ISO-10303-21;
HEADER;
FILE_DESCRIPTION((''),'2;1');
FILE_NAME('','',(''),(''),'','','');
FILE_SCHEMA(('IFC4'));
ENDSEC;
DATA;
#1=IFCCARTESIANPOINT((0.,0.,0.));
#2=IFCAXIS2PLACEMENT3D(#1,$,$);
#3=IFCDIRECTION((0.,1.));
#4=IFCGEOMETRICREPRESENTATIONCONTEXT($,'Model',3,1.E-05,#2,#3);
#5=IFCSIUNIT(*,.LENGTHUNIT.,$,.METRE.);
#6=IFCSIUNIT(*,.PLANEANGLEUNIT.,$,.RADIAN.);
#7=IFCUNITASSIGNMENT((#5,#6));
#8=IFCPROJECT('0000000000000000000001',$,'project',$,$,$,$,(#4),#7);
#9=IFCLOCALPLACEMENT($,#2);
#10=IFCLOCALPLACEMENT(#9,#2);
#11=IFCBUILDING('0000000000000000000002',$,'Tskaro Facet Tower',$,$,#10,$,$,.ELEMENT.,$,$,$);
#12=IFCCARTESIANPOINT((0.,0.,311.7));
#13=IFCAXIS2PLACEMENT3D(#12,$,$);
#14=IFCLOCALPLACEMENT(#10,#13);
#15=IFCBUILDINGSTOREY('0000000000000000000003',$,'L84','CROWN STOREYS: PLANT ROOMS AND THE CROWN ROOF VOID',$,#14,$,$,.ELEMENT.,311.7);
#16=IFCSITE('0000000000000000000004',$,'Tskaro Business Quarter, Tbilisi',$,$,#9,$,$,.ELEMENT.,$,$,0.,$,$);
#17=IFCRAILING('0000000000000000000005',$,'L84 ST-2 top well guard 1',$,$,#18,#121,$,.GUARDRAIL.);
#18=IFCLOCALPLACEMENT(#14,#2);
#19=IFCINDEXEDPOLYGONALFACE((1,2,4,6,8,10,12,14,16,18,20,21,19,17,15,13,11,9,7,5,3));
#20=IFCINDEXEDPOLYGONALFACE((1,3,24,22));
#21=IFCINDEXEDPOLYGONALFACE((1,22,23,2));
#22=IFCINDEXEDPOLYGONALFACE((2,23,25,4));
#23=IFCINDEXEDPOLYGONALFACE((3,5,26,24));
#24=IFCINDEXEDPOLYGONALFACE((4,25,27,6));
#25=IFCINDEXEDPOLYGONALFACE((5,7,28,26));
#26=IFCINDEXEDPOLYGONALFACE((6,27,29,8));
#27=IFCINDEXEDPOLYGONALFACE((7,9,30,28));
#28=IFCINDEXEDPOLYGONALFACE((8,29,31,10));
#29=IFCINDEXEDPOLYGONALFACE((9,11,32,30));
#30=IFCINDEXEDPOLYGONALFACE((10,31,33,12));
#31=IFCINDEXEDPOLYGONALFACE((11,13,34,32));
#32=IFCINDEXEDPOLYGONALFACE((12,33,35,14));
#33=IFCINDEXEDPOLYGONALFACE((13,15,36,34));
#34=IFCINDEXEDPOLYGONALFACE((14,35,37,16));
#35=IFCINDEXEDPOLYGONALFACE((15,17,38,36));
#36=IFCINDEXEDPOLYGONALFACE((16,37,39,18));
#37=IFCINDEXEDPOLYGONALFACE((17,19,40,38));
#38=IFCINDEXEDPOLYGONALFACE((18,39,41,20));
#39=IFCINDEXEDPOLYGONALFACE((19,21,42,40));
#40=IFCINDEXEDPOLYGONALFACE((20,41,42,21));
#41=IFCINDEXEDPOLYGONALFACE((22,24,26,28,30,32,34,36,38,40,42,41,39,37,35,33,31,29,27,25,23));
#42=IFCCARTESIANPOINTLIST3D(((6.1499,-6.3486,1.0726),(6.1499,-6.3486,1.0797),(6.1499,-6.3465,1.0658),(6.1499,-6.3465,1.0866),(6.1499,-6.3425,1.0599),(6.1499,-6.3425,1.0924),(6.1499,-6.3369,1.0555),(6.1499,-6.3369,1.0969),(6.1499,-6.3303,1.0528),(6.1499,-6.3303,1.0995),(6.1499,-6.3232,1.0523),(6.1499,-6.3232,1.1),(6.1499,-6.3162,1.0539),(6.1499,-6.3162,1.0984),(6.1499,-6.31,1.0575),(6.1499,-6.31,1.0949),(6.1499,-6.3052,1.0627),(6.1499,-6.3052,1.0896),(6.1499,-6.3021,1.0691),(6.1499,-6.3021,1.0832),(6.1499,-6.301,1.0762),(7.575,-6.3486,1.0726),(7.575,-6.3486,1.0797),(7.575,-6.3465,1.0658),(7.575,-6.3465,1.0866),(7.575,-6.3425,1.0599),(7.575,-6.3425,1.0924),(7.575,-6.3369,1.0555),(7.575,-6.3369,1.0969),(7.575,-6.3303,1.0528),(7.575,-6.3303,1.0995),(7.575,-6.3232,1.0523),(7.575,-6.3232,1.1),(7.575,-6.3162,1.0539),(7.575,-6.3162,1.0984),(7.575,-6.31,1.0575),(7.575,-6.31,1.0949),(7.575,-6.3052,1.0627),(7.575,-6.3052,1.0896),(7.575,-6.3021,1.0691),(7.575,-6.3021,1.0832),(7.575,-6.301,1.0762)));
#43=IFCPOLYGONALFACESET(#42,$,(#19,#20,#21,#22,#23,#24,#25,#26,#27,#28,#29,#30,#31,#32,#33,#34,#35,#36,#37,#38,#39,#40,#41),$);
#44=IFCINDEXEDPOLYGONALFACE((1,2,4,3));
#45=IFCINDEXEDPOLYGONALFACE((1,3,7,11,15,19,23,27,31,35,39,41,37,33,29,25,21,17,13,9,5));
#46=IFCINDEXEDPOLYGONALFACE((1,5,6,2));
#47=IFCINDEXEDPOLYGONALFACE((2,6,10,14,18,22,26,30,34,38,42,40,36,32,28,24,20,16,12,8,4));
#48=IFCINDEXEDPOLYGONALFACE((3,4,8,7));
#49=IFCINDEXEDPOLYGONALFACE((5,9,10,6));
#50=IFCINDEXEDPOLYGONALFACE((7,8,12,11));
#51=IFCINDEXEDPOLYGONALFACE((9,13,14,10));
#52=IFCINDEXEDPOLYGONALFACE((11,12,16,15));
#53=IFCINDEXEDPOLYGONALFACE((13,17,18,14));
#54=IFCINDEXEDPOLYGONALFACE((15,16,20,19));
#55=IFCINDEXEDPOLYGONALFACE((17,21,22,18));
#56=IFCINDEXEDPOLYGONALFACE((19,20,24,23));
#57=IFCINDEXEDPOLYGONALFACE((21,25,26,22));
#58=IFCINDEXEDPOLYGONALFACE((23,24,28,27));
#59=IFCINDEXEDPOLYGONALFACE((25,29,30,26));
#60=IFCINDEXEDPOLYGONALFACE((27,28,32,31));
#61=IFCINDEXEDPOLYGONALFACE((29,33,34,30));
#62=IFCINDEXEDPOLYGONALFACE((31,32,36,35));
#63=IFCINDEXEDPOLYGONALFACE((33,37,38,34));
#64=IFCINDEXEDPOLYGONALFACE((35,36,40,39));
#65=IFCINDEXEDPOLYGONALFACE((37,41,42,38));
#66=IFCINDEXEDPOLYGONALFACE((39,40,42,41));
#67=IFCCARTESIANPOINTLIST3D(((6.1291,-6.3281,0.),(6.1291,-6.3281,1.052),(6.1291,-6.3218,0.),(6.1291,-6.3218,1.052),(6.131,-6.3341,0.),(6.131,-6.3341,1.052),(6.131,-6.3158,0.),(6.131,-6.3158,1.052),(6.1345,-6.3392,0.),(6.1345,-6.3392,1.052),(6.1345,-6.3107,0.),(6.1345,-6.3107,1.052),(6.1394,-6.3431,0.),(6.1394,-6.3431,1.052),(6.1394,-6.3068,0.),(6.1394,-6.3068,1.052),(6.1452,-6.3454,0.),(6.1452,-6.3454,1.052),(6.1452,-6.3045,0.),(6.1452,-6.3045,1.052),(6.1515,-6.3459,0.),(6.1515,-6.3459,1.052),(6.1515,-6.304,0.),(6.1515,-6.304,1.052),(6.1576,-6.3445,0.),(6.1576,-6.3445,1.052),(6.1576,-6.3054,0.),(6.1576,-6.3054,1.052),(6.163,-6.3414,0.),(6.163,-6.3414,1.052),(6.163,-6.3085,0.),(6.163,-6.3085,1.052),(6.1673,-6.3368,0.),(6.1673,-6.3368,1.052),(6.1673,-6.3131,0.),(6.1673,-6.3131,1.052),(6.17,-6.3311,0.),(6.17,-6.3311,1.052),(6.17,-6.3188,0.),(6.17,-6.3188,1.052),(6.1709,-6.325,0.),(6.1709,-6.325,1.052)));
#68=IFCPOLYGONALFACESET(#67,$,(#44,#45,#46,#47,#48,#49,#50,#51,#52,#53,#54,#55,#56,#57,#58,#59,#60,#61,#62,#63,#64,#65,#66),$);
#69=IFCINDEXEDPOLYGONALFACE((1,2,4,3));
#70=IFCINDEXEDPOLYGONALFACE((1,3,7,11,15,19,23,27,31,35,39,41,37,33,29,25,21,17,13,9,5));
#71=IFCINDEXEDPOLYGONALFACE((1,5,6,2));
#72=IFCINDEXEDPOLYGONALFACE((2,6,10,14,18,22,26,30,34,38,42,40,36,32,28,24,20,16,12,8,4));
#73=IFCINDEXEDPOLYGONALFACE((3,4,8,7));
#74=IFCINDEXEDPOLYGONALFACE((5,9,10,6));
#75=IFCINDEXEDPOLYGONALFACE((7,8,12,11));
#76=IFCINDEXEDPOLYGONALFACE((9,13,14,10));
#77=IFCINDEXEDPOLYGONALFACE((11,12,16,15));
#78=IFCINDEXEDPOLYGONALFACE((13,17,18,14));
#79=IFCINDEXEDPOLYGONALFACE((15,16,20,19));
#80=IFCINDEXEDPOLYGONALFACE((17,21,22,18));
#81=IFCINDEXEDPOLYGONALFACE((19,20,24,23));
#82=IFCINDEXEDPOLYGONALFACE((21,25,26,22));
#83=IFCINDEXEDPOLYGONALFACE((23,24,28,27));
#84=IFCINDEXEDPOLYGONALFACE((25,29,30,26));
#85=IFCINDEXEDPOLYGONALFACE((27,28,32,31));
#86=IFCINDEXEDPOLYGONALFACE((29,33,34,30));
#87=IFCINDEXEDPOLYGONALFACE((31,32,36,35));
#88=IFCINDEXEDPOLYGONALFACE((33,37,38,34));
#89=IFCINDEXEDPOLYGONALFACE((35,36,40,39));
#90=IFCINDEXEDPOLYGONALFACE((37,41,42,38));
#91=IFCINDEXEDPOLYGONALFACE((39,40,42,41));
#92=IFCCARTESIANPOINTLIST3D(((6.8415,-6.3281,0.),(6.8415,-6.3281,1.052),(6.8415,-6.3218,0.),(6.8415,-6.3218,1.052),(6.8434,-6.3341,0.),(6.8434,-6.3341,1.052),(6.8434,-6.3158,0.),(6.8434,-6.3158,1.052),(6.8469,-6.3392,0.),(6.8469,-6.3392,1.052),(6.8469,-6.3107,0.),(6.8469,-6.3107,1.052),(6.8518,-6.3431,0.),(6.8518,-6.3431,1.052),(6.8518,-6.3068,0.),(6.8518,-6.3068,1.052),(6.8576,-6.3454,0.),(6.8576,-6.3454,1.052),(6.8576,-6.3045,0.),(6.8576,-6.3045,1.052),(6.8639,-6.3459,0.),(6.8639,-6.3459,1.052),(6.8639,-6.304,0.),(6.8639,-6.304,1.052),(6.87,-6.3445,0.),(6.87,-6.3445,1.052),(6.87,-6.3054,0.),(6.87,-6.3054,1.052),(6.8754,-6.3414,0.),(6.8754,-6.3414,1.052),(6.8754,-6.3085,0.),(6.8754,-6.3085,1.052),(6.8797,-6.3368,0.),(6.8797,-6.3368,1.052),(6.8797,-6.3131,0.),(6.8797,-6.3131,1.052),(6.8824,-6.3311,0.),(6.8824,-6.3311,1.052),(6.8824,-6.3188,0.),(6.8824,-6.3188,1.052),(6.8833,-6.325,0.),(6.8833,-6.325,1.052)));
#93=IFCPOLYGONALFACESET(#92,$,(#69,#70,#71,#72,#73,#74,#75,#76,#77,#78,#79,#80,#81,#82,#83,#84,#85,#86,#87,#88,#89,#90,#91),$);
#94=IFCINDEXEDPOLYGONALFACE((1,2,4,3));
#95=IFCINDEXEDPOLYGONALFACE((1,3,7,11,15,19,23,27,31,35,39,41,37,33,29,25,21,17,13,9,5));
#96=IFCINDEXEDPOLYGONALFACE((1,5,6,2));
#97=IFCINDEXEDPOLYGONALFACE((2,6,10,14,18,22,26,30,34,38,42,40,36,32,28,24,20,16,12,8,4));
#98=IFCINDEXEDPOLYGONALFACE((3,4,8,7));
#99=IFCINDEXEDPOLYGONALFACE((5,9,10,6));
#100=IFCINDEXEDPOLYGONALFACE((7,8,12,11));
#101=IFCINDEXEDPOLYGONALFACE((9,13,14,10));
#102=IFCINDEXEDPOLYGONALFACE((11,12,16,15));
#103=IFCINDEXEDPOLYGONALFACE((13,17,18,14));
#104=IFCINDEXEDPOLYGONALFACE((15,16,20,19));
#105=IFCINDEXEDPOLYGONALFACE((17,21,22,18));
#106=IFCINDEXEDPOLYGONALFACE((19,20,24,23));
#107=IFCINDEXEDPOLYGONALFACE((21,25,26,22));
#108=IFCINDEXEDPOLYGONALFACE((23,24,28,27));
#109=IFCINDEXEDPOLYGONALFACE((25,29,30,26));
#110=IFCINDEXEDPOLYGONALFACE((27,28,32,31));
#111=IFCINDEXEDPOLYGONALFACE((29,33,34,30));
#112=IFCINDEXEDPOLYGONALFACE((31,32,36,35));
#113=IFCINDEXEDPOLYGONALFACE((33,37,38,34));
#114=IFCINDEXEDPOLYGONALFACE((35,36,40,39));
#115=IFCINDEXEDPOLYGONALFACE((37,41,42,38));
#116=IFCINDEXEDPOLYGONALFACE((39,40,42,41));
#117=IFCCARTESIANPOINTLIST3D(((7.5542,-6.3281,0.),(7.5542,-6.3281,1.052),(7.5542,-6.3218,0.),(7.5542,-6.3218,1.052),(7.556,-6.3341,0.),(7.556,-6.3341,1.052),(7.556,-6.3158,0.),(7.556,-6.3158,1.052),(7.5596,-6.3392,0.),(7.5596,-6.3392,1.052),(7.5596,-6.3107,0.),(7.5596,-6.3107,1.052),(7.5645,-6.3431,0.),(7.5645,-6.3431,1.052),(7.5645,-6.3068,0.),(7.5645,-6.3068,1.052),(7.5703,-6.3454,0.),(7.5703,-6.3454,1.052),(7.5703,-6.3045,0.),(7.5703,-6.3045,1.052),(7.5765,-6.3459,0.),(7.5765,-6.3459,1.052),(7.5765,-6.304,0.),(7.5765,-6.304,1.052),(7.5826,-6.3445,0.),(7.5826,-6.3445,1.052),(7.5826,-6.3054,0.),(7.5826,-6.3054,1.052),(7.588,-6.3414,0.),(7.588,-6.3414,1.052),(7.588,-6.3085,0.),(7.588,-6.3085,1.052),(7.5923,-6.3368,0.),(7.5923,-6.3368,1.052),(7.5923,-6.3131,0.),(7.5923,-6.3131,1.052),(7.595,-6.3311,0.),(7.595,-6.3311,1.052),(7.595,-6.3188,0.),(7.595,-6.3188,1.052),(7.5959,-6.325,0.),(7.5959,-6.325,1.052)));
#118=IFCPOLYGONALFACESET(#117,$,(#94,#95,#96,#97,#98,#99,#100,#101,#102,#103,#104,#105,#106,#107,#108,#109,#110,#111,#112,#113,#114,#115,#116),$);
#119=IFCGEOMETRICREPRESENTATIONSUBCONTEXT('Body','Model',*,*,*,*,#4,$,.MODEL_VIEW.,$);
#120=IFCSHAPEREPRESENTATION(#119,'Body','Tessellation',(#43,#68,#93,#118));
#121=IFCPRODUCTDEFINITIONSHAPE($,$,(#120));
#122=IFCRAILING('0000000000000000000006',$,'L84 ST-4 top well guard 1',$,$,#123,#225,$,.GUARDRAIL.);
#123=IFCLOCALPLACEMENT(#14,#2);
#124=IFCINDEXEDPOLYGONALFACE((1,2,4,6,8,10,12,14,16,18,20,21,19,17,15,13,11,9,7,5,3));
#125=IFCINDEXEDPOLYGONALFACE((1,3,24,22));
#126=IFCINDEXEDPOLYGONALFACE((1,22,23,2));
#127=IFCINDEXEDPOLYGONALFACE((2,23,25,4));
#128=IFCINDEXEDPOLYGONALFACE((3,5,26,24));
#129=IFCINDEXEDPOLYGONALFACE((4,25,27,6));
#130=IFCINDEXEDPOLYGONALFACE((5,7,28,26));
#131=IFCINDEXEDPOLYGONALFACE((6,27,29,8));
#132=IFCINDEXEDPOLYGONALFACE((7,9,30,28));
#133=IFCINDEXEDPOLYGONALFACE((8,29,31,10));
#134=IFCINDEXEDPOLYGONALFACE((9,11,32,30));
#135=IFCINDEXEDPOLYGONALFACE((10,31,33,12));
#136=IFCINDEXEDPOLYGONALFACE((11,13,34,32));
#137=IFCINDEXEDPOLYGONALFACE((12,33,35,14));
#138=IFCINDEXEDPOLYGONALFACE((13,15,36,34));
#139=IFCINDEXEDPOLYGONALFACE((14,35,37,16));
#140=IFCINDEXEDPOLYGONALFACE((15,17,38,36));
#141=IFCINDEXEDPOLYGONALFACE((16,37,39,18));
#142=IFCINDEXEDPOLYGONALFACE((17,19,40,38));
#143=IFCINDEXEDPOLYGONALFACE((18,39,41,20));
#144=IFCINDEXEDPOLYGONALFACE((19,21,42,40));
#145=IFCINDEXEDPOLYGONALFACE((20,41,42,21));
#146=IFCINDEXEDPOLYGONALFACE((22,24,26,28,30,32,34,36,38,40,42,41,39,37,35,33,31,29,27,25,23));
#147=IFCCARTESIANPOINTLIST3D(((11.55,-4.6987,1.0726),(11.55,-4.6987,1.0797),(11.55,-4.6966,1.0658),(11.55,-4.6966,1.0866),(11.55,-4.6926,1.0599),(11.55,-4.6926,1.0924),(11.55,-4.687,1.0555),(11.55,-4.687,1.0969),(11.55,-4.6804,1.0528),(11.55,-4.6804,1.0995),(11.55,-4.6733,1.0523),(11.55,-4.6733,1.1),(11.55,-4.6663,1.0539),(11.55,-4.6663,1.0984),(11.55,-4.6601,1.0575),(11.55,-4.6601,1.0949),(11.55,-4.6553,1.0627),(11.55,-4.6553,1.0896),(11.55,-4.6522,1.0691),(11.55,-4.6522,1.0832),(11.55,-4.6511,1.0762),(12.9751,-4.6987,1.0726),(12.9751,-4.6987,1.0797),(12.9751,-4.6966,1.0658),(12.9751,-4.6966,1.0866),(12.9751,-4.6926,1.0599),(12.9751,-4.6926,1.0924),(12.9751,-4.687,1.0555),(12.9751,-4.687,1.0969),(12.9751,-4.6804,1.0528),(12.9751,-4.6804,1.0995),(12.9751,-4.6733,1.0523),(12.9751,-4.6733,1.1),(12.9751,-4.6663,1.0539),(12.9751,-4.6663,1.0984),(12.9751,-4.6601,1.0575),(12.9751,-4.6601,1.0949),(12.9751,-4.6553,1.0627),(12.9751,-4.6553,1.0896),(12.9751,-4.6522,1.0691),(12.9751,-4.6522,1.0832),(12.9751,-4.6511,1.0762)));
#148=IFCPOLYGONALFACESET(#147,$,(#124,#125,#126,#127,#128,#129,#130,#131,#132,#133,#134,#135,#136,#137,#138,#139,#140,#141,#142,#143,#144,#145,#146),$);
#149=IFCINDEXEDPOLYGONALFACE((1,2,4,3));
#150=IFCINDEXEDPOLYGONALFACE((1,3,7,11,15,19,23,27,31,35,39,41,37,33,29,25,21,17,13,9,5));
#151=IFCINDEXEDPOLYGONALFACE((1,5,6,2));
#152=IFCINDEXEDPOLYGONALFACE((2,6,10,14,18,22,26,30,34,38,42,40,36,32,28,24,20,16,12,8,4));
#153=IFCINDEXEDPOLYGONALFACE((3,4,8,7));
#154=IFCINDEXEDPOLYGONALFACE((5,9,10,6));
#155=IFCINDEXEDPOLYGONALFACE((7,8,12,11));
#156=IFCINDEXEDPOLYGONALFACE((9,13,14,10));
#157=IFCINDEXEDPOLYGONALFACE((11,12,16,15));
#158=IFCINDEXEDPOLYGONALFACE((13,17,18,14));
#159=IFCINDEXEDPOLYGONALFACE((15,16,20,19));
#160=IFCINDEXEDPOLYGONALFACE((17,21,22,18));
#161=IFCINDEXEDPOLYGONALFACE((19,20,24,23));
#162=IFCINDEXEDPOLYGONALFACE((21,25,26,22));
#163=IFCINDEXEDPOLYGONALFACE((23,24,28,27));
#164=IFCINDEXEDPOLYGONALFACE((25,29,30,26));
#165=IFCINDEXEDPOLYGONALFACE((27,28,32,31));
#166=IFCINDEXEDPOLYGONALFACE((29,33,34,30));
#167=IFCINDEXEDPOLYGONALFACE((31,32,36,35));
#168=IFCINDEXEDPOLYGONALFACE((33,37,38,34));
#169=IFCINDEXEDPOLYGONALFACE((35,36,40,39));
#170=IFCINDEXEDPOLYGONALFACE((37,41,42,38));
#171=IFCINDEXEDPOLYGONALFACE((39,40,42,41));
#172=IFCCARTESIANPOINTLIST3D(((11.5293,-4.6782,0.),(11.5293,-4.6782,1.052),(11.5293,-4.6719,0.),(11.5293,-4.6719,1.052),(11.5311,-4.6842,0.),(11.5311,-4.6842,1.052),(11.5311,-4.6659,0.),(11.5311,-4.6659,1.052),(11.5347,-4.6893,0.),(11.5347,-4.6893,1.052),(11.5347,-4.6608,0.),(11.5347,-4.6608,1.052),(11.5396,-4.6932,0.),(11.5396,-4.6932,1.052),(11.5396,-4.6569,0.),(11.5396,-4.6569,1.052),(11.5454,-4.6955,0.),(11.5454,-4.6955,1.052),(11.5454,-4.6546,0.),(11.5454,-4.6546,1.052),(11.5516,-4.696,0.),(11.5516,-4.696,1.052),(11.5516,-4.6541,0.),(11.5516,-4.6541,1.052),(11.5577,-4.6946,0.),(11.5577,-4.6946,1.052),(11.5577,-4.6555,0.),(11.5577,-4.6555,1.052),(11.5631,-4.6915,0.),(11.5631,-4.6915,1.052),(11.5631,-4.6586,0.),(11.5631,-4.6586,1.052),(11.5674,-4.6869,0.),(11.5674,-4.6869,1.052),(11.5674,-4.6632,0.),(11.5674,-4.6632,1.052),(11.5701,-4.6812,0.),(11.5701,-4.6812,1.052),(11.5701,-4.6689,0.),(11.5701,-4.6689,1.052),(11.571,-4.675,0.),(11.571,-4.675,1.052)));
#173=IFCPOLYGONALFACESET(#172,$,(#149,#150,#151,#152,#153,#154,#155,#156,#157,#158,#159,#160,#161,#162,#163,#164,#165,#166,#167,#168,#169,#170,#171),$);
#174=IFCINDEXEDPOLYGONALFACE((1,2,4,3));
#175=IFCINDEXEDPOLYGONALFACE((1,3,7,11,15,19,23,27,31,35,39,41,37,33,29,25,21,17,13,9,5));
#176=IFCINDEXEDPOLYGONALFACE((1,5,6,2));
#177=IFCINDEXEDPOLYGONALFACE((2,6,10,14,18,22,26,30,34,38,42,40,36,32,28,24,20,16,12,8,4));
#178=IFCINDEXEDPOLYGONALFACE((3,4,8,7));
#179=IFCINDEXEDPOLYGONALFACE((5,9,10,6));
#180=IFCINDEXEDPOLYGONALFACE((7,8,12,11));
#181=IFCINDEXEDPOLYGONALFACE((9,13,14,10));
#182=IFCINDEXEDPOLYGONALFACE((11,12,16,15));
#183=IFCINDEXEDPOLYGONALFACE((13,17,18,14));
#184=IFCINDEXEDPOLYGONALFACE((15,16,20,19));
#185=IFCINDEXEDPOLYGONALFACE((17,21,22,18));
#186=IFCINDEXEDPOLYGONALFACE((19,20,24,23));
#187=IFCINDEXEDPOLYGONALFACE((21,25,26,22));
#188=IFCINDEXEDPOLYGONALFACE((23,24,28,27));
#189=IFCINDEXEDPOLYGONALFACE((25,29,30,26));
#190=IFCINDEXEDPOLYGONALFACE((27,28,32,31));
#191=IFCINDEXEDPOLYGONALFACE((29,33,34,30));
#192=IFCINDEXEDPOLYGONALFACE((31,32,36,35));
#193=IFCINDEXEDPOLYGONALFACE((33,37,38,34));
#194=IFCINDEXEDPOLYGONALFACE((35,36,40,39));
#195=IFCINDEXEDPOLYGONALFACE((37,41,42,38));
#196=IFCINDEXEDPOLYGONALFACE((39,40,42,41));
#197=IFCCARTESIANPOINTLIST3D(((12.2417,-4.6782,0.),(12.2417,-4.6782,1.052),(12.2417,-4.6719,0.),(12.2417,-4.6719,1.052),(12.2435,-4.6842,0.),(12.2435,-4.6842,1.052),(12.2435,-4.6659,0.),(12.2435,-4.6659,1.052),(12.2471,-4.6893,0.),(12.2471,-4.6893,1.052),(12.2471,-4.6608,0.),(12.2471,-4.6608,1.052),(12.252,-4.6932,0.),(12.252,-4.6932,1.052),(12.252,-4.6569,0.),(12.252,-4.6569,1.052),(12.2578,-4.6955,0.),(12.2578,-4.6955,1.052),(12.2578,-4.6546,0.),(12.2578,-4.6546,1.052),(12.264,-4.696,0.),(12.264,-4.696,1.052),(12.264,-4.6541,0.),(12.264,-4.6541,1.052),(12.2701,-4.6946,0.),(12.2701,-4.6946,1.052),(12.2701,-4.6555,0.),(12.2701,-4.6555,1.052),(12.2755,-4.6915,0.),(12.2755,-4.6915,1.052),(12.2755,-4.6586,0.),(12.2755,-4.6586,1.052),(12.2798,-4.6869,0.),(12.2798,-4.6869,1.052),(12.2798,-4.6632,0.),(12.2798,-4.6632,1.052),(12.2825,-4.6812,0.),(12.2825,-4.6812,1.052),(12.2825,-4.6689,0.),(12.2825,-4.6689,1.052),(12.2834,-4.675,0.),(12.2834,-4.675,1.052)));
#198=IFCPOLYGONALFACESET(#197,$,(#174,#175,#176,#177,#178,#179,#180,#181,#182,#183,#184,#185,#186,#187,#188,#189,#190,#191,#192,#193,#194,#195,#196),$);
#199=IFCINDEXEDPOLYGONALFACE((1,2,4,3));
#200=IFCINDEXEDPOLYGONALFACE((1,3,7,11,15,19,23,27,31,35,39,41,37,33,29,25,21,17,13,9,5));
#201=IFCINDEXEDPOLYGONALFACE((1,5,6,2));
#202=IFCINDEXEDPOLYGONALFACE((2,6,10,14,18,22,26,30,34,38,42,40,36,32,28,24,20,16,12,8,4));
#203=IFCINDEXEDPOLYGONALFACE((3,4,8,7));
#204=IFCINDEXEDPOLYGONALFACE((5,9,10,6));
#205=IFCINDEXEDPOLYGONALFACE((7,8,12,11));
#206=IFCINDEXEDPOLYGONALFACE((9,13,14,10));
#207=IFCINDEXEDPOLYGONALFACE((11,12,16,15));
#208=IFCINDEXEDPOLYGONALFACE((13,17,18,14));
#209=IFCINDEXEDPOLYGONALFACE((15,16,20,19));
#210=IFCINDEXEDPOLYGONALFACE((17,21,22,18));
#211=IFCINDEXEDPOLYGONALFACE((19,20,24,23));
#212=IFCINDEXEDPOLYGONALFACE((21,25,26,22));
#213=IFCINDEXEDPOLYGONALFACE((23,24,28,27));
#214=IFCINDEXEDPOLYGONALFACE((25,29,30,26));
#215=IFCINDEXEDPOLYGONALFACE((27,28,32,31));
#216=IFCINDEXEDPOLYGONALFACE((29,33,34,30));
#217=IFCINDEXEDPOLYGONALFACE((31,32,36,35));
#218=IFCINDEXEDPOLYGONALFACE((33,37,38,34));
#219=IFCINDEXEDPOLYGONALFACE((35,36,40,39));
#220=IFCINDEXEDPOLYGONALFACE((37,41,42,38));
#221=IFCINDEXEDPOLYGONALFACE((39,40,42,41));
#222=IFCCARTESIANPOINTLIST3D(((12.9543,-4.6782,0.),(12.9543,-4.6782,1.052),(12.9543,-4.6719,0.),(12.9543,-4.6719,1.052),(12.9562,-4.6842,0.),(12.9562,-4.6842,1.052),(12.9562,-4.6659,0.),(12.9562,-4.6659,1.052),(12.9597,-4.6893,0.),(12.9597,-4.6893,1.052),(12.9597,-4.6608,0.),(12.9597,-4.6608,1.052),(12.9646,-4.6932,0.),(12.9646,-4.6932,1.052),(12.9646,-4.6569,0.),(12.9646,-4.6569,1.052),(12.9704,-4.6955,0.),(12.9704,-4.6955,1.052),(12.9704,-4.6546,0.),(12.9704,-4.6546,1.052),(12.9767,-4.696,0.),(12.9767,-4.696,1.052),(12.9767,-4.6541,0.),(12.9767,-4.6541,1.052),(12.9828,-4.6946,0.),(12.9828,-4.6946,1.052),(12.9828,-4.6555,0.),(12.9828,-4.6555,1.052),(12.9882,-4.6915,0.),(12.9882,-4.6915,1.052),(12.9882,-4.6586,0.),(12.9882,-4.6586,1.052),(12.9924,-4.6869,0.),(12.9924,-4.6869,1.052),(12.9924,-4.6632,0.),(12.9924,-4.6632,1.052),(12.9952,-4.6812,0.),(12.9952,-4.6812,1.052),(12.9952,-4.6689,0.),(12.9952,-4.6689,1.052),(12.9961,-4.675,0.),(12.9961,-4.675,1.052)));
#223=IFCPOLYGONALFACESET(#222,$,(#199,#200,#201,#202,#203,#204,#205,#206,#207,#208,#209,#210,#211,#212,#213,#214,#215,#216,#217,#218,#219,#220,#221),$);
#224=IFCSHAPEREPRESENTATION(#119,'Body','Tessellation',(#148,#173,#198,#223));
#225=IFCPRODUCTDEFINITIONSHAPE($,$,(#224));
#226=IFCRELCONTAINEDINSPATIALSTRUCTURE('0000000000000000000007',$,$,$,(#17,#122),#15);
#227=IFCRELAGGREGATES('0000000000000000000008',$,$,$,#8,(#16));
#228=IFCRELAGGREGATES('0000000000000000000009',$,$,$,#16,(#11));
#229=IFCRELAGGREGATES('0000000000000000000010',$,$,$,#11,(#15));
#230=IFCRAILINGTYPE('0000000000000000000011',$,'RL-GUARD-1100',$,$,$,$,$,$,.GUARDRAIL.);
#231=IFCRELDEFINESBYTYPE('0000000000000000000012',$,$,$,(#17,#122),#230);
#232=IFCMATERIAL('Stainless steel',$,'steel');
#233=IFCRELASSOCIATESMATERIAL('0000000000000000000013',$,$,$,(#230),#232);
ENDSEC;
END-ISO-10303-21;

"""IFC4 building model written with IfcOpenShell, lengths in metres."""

from ifc_helpers import new_model, si_unit, direction, frame, origin, origin_2d, place, context, subcontext, project, spatial, circle, extrude, material, type_object, element, save


model = new_model("IFC4")

# Units and contexts
model_context = context("Model", 3, precision=1e-05, world=origin(), true_north=direction((0.0, 1.0)))
body_context = subcontext(model_context, "Body", "Model", "MODEL_VIEW")
ifc_project = project(units=[si_unit("LENGTHUNIT", "METRE"), si_unit("PLANEANGLEUNIT", "RADIAN")], contexts=[model_context])

# Site, building, storey
site_placement = place(None, origin())
site = spatial("IfcSite", under=ifc_project, at=site_placement, Name="Tskaro Business Quarter, Tbilisi", CompositionType="ELEMENT", RefElevation=0.0)
building_placement = place(site_placement, origin())
building = spatial("IfcBuilding", under=site, at=building_placement, Name="Tskaro Facet Tower", CompositionType="ELEMENT")
storey_placement = place(building_placement, frame((0.0, 0.0, 311.7)))
storey = spatial("IfcBuildingStorey", under=building, at=storey_placement, Name="L84", Description="CROWN STOREYS: PLANT ROOMS AND THE CROWN ROOF VOID", CompositionType="ELEMENT", Elevation=311.7)

# Railings
ifc_material_1 = material(Name="Stainless steel", Category="steel")
railing_type_1 = type_object("IfcRailingType", Name="RL-GUARD-1100", PredefinedType="GUARDRAIL", material=ifc_material_1)
for number, where, name in (
    (1, (6.1499, -6.325, 0.0), "L84 ST-2 top well guard 1"),
    (2, (11.55, -4.675, 0.0), "L84 ST-4 top well guard 1"),
):
    element("IfcRailing", number, at=place(storey_placement, frame(where)), inside=storey, type_object=railing_type_1, Name=name, PredefinedType="GUARDRAIL", context=body_context, shape_type="SweptSolid", body=[
        extrude(circle(Radius=0.0239, at=origin_2d()), frame((0.0, 0.0, 1.0762), z_axis=(1.0, 0.0, 0.0), x_axis=(0.0, 1.0, 0.0)), (0.0, 0.0, 1.0), 1.425),
        extrude(circle(Radius=0.021, at=origin_2d()), origin(), (0.0, 0.0, 1.0), 1.052),
        extrude(circle(Radius=0.021, at=origin_2d()), frame((0.7124, 0.0, 0.0)), (0.0, 0.0, 1.0), 1.052),
        extrude(circle(Radius=0.021, at=origin_2d()), frame((1.425, 0.0, 0.0)), (0.0, 0.0, 1.0), 1.052),
    ])

save(model, "model.ifc")
